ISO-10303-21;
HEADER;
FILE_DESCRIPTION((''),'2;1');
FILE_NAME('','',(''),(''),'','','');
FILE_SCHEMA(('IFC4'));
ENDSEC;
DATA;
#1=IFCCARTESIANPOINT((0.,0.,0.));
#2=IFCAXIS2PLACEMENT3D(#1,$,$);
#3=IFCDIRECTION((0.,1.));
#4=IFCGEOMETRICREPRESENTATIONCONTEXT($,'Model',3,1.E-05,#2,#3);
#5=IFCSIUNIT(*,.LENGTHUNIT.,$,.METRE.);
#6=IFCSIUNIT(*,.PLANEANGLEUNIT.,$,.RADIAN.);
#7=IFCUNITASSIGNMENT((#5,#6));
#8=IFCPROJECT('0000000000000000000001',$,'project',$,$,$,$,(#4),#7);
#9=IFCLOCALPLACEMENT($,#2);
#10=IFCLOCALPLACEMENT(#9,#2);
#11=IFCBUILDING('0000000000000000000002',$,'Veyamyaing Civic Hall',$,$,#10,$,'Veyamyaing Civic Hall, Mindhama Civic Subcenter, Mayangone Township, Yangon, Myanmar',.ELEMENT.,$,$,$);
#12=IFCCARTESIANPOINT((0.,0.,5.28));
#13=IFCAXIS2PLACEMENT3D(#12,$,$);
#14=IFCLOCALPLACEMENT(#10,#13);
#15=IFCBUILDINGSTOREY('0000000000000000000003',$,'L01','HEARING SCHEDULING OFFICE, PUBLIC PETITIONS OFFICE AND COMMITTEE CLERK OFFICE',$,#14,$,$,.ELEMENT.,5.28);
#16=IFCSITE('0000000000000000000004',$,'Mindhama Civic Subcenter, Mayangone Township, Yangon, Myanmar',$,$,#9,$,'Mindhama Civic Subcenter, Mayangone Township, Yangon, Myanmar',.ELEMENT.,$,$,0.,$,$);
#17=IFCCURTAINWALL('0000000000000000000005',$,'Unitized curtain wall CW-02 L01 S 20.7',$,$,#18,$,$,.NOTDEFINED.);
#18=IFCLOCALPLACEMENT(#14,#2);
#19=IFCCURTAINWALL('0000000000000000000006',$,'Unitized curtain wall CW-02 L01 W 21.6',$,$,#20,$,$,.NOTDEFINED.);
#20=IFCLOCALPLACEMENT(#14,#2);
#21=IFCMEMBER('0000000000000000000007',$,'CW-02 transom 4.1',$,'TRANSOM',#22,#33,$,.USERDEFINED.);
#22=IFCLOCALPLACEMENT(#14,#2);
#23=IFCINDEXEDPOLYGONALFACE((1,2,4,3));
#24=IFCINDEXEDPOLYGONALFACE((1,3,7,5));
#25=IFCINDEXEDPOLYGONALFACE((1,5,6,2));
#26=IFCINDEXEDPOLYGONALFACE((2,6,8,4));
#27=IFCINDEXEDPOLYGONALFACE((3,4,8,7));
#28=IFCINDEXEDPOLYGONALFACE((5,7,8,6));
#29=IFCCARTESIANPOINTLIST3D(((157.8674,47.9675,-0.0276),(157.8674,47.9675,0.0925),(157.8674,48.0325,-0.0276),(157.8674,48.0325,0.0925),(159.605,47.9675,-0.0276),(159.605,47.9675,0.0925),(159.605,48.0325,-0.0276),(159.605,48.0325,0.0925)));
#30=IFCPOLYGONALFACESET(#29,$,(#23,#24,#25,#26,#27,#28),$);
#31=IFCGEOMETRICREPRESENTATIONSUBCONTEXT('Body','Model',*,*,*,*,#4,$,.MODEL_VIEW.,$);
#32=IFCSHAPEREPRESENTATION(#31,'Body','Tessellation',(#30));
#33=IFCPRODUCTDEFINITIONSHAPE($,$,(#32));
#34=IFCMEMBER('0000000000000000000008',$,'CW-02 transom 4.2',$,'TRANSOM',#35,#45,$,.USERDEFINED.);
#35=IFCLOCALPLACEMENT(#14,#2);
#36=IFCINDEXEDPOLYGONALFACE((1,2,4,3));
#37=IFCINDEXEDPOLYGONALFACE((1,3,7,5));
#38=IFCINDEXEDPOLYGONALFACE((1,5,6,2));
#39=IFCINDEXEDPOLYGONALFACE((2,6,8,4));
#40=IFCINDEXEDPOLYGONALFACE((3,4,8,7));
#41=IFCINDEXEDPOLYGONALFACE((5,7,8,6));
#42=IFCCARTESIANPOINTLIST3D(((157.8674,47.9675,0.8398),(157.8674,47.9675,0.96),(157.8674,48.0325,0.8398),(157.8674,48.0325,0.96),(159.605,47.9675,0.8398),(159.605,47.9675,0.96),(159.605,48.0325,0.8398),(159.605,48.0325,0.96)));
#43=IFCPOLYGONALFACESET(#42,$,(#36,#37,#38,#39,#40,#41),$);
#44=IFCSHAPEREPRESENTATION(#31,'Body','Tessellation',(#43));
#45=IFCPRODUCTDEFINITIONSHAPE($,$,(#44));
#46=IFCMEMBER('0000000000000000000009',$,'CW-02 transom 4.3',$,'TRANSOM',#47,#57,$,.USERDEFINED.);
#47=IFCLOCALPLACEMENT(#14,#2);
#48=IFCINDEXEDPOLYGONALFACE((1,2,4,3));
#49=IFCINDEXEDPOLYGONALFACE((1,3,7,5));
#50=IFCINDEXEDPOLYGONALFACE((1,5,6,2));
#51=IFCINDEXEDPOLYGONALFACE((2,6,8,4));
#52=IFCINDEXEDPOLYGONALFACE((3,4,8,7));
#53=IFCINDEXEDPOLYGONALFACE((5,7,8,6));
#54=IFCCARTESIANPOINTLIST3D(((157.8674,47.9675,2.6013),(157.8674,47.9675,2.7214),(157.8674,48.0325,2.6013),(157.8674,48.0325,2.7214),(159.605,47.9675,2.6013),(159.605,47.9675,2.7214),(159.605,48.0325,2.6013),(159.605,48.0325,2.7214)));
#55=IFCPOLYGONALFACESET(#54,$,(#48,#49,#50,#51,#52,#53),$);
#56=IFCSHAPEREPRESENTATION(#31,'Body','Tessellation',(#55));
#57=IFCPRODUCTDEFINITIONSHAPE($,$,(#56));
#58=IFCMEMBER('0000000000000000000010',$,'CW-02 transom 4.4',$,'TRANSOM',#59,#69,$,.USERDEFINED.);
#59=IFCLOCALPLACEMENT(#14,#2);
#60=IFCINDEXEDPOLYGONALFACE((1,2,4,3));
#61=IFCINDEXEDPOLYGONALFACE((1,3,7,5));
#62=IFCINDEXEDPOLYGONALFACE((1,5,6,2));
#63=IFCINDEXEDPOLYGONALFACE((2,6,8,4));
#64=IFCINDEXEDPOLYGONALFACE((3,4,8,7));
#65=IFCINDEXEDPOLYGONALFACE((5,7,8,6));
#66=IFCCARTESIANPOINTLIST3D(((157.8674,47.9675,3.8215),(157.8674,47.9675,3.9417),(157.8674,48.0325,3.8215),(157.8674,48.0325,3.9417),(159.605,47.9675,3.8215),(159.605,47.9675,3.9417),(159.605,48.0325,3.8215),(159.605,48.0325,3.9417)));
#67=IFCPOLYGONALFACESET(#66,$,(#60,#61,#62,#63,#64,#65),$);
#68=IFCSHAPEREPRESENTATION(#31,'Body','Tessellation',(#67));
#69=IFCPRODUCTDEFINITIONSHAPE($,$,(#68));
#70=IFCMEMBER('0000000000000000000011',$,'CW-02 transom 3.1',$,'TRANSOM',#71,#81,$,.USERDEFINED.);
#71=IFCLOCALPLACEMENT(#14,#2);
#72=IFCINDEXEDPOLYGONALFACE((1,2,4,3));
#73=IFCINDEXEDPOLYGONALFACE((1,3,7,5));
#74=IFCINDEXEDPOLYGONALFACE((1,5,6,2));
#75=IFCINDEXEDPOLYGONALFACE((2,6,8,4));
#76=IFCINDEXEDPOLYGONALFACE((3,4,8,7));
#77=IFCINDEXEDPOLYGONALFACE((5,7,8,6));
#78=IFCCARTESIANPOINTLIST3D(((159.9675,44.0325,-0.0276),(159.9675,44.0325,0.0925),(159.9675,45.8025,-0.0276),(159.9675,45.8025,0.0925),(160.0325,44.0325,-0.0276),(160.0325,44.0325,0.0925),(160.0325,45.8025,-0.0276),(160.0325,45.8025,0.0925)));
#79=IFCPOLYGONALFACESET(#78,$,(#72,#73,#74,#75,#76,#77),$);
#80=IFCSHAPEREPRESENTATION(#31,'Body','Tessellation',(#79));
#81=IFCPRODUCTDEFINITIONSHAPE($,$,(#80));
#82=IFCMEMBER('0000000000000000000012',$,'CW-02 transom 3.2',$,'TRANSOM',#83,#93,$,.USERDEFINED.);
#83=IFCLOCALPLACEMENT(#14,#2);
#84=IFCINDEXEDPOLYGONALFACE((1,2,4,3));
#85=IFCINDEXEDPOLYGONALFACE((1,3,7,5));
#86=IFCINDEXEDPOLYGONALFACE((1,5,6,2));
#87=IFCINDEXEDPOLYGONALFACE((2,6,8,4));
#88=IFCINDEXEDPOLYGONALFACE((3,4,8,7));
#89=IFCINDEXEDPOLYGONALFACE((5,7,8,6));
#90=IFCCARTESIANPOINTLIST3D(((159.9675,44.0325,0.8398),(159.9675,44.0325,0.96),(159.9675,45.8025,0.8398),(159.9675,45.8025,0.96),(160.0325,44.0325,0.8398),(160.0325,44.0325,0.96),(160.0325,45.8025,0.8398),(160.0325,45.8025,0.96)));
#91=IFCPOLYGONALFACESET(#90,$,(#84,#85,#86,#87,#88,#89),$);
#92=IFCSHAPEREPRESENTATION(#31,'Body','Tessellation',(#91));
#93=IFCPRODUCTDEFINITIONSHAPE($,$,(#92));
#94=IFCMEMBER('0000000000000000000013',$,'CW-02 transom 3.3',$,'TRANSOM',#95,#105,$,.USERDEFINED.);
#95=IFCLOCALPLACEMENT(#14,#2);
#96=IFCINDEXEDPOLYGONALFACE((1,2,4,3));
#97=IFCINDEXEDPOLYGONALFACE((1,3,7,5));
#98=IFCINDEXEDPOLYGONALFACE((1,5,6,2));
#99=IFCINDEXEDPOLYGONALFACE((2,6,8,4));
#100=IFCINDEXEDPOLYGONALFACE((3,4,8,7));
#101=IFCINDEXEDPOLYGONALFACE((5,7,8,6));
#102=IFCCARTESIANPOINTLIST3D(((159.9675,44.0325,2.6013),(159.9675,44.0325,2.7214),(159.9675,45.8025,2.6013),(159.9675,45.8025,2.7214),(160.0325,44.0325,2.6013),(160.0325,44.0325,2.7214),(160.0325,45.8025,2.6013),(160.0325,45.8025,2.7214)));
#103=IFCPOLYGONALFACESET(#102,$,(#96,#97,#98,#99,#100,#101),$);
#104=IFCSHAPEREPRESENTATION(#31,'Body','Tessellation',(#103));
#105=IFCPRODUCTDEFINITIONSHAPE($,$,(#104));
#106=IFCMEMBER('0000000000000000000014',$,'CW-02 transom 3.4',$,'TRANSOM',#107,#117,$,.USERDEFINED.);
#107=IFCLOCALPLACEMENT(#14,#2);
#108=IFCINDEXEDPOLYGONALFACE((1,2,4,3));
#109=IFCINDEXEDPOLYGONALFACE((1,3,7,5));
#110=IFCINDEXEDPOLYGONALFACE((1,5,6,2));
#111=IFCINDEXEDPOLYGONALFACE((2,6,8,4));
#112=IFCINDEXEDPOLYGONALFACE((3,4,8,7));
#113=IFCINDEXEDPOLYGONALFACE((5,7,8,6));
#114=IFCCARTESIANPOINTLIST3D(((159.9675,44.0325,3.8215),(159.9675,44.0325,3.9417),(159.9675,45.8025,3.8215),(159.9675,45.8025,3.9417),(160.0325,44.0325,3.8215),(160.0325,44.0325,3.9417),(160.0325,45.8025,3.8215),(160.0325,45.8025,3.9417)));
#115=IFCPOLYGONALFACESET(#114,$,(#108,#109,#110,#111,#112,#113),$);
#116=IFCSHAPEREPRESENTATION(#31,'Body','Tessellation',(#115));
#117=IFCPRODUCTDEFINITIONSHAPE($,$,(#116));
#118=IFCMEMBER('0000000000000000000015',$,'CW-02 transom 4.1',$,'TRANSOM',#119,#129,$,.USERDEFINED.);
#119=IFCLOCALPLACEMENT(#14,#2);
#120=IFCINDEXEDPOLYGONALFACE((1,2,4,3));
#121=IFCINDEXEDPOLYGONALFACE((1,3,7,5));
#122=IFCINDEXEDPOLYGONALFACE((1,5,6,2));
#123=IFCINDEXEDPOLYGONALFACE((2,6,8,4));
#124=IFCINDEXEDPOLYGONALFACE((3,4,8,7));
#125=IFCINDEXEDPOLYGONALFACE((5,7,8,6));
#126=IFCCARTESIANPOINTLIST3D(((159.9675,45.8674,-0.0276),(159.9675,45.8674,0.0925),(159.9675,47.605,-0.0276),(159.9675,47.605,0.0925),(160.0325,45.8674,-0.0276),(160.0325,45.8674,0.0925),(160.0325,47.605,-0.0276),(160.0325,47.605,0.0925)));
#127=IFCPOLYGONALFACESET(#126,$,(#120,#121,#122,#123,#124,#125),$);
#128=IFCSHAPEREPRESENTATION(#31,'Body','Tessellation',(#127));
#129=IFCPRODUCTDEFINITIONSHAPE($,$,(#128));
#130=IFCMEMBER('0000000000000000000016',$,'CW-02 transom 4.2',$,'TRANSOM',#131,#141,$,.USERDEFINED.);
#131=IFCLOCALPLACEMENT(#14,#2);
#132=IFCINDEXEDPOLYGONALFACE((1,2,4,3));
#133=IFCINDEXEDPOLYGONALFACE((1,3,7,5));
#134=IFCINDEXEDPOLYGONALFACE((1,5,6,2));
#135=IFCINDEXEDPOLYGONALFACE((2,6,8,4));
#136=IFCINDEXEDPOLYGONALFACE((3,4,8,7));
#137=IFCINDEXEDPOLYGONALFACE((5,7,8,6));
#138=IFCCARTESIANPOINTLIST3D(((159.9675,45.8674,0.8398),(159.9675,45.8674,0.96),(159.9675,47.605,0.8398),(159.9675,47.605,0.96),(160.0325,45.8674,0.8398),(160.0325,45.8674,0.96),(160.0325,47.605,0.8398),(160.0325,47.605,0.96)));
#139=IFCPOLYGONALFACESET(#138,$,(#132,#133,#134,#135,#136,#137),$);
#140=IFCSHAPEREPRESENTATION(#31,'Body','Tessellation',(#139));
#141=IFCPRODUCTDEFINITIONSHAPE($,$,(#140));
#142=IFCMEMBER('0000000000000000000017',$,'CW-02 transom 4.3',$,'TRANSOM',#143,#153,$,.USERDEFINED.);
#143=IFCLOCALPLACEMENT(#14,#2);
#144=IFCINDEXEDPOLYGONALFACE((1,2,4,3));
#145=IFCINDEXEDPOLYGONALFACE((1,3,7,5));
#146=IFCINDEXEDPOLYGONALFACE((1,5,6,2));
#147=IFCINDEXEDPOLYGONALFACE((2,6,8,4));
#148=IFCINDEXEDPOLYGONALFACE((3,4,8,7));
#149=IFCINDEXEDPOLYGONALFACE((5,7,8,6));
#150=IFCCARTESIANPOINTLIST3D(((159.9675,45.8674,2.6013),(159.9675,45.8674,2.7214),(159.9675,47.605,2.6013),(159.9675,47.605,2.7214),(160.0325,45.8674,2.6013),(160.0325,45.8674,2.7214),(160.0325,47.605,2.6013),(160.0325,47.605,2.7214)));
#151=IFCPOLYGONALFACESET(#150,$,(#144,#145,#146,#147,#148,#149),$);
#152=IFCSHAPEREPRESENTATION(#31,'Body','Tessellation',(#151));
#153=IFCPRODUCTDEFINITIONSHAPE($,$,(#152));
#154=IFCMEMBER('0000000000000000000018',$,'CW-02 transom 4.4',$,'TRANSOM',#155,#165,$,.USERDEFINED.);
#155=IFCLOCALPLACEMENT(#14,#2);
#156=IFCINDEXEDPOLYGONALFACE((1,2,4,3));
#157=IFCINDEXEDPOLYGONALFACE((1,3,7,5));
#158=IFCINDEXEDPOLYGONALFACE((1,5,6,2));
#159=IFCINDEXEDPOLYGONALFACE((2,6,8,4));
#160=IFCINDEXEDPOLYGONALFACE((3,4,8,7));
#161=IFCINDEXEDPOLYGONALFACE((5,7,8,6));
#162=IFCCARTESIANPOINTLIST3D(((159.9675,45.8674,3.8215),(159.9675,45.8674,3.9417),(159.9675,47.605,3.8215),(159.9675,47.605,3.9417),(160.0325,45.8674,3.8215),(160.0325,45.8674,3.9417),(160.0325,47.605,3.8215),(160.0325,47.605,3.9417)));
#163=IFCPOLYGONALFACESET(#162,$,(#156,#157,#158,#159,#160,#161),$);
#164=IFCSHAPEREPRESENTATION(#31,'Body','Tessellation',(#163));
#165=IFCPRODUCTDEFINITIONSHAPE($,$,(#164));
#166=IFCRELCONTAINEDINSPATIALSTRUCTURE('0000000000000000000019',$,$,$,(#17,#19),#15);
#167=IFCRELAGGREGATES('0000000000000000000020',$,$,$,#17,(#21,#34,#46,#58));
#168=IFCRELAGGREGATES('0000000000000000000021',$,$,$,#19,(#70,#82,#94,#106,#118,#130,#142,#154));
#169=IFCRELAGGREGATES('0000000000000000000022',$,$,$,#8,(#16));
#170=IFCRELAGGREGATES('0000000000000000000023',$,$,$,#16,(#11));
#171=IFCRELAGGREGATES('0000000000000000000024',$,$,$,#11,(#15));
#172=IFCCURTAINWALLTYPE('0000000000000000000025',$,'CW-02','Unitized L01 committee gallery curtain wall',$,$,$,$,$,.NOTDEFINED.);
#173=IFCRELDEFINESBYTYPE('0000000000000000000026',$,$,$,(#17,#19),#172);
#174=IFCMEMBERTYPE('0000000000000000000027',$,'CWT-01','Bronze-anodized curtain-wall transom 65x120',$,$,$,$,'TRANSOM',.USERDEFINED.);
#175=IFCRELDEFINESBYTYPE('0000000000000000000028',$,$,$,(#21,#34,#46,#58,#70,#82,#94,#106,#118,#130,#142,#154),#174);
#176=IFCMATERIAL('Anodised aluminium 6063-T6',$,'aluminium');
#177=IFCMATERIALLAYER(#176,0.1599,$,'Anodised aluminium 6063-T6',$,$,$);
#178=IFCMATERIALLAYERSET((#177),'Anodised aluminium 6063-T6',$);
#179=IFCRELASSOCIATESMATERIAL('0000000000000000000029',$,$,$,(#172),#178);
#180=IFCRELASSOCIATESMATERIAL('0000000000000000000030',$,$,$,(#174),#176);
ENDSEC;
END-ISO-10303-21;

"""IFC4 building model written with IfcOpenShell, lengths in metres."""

from ifc_helpers import new_model, si_unit, direction, frame, origin, origin_2d, place, context, subcontext, project, spatial, rectangle, extrude, material, layer, layer_set, material_profile, profile_set, type_object, element, aggregate, save


model = new_model("IFC4")

# Units and contexts
model_context = context("Model", 3, precision=1e-05, world=origin(), true_north=direction((0.0, 1.0)))
body_context = subcontext(model_context, "Body", "Model", "MODEL_VIEW")
ifc_project = project(units=[si_unit("LENGTHUNIT", "METRE"), si_unit("PLANEANGLEUNIT", "RADIAN")], contexts=[model_context])

# Site, building, storey
site_placement = place(None, origin())
site = spatial("IfcSite", under=ifc_project, at=site_placement, Name="Mindhama Civic Subcenter, Mayangone Township, Yangon, Myanmar", LongName="Mindhama Civic Subcenter, Mayangone Township, Yangon, Myanmar", CompositionType="ELEMENT", RefElevation=0.0)
building_placement = place(site_placement, origin())
building = spatial("IfcBuilding", under=site, at=building_placement, Name="Veyamyaing Civic Hall", LongName="Veyamyaing Civic Hall, Mindhama Civic Subcenter, Mayangone Township, Yangon, Myanmar", CompositionType="ELEMENT")
storey_placement = place(building_placement, frame((0.0, 0.0, 5.28)))
storey = spatial("IfcBuildingStorey", under=building, at=storey_placement, Name="L01", Description="HEARING SCHEDULING OFFICE, PUBLIC PETITIONS OFFICE AND COMMITTEE CLERK OFFICE", CompositionType="ELEMENT", Elevation=5.28)

# Curtain walls
ifc_material_1 = material(Name="Anodised aluminium 6063-T6", Category="aluminium")
ifc_layer_1 = layer(ifc_material_1, 0.1599, Name="Anodised aluminium 6063-T6")
ifc_layer_set_1 = layer_set([ifc_layer_1], Name="Anodised aluminium 6063-T6")
curtain_wall_type = type_object("IfcCurtainWallType", Name="CW-02", Description="Unitized L01 committee gallery curtain wall", PredefinedType="NOTDEFINED", material=ifc_layer_set_1)
curtain_wall_1_placement = place(storey_placement, origin())
curtain_wall_1 = element("IfcCurtainWall", 1, at=curtain_wall_1_placement, inside=storey, type_object=curtain_wall_type, Name="Unitized curtain wall CW-02 L01 S 20.7", PredefinedType="NOTDEFINED")
curtain_wall_2_placement = place(storey_placement, origin())
curtain_wall_2 = element("IfcCurtainWall", 2, at=curtain_wall_2_placement, inside=storey, type_object=curtain_wall_type, Name="Unitized curtain wall CW-02 L01 W 21.6", PredefinedType="NOTDEFINED")

# Members
ifc_material_profile_1 = material_profile(ifc_material_1, rectangle(XDim=0.0649, YDim=0.1201, at=origin_2d()), Name="ALU-TRN-65X120")
ifc_profile_set_1 = profile_set([ifc_material_profile_1], Name="Anodised aluminium 6063-T6")
member_type_1 = type_object("IfcMemberType", Name="CWT-01", Description="Bronze-anodized curtain-wall transom 65x120", ElementType="TRANSOM", PredefinedType="USERDEFINED", material=ifc_profile_set_1)
member_1_placement = place(storey_placement, frame((157.8674, 48.0, 0.0325), z_axis=(1.0, 0.0, 0.0), x_axis=(0.0, 1.0, 0.0)))
member_1 = element("IfcMember", 3, at=member_1_placement, type_object=member_type_1, Name="CW-02 transom 4.1", ObjectType="TRANSOM", PredefinedType="USERDEFINED", context=body_context, shape_type="SweptSolid", body=[
    extrude(rectangle(XDim=0.0649, YDim=0.1201, at=origin_2d()), origin(), (0.0, 0.0, 1.0), 1.7375),
])
member_2_placement = place(storey_placement, frame((157.8674, 48.0, 0.8999), z_axis=(1.0, 0.0, 0.0), x_axis=(0.0, 1.0, 0.0)))
member_2 = element("IfcMember", 4, at=member_2_placement, type_object=member_type_1, Name="CW-02 transom 4.2", ObjectType="TRANSOM", PredefinedType="USERDEFINED", context=body_context, shape_type="SweptSolid", body=[
    extrude(rectangle(XDim=0.0649, YDim=0.1201, at=origin_2d()), origin(), (0.0, 0.0, 1.0), 1.7375),
])
member_3_placement = place(storey_placement, frame((157.8674, 48.0, 2.6614), z_axis=(1.0, 0.0, 0.0), x_axis=(0.0, 1.0, 0.0)))
member_3 = element("IfcMember", 5, at=member_3_placement, type_object=member_type_1, Name="CW-02 transom 4.3", ObjectType="TRANSOM", PredefinedType="USERDEFINED", context=body_context, shape_type="SweptSolid", body=[
    extrude(rectangle(XDim=0.0649, YDim=0.1201, at=origin_2d()), origin(), (0.0, 0.0, 1.0), 1.7375),
])
member_4_placement = place(storey_placement, frame((157.8674, 48.0, 3.8816), z_axis=(1.0, 0.0, 0.0), x_axis=(0.0, 1.0, 0.0)))
member_4 = element("IfcMember", 6, at=member_4_placement, type_object=member_type_1, Name="CW-02 transom 4.4", ObjectType="TRANSOM", PredefinedType="USERDEFINED", context=body_context, shape_type="SweptSolid", body=[
    extrude(rectangle(XDim=0.0649, YDim=0.1201, at=origin_2d()), origin(), (0.0, 0.0, 1.0), 1.7375),
])
member_5_placement = place(storey_placement, frame((160.0, 44.0325, 0.0325), z_axis=(0.0, 1.0, 0.0), x_axis=(-1.0, 0.0, 0.0)))
member_5 = element("IfcMember", 7, at=member_5_placement, type_object=member_type_1, Name="CW-02 transom 3.1", ObjectType="TRANSOM", PredefinedType="USERDEFINED", context=body_context, shape_type="SweptSolid", body=[
    extrude(rectangle(XDim=0.0649, YDim=0.1201, at=origin_2d()), origin(), (0.0, 0.0, 1.0), 1.77),
])
member_6_placement = place(storey_placement, frame((160.0, 44.0325, 0.8999), z_axis=(0.0, 1.0, 0.0), x_axis=(-1.0, 0.0, 0.0)))
member_6 = element("IfcMember", 8, at=member_6_placement, type_object=member_type_1, Name="CW-02 transom 3.2", ObjectType="TRANSOM", PredefinedType="USERDEFINED", context=body_context, shape_type="SweptSolid", body=[
    extrude(rectangle(XDim=0.0649, YDim=0.1201, at=origin_2d()), origin(), (0.0, 0.0, 1.0), 1.77),
])
member_7_placement = place(storey_placement, frame((160.0, 44.0325, 2.6614), z_axis=(0.0, 1.0, 0.0), x_axis=(-1.0, 0.0, 0.0)))
member_7 = element("IfcMember", 9, at=member_7_placement, type_object=member_type_1, Name="CW-02 transom 3.3", ObjectType="TRANSOM", PredefinedType="USERDEFINED", context=body_context, shape_type="SweptSolid", body=[
    extrude(rectangle(XDim=0.0649, YDim=0.1201, at=origin_2d()), origin(), (0.0, 0.0, 1.0), 1.77),
])
member_8_placement = place(storey_placement, frame((160.0, 44.0325, 3.8816), z_axis=(0.0, 1.0, 0.0), x_axis=(-1.0, 0.0, 0.0)))
member_8 = element("IfcMember", 10, at=member_8_placement, type_object=member_type_1, Name="CW-02 transom 3.4", ObjectType="TRANSOM", PredefinedType="USERDEFINED", context=body_context, shape_type="SweptSolid", body=[
    extrude(rectangle(XDim=0.0649, YDim=0.1201, at=origin_2d()), origin(), (0.0, 0.0, 1.0), 1.77),
])
member_9_placement = place(storey_placement, frame((160.0, 45.8674, 0.0325), z_axis=(0.0, 1.0, 0.0), x_axis=(-1.0, 0.0, 0.0)))
member_9 = element("IfcMember", 11, at=member_9_placement, type_object=member_type_1, Name="CW-02 transom 4.1", ObjectType="TRANSOM", PredefinedType="USERDEFINED", context=body_context, shape_type="SweptSolid", body=[
    extrude(rectangle(XDim=0.0649, YDim=0.1201, at=origin_2d()), origin(), (0.0, 0.0, 1.0), 1.7375),
])
member_10_placement = place(storey_placement, frame((160.0, 45.8674, 0.8999), z_axis=(0.0, 1.0, 0.0), x_axis=(-1.0, 0.0, 0.0)))
member_10 = element("IfcMember", 12, at=member_10_placement, type_object=member_type_1, Name="CW-02 transom 4.2", ObjectType="TRANSOM", PredefinedType="USERDEFINED", context=body_context, shape_type="SweptSolid", body=[
    extrude(rectangle(XDim=0.0649, YDim=0.1201, at=origin_2d()), origin(), (0.0, 0.0, 1.0), 1.7375),
])
member_11_placement = place(storey_placement, frame((160.0, 45.8674, 2.6614), z_axis=(0.0, 1.0, 0.0), x_axis=(-1.0, 0.0, 0.0)))
member_11 = element("IfcMember", 13, at=member_11_placement, type_object=member_type_1, Name="CW-02 transom 4.3", ObjectType="TRANSOM", PredefinedType="USERDEFINED", context=body_context, shape_type="SweptSolid", body=[
    extrude(rectangle(XDim=0.0649, YDim=0.1201, at=origin_2d()), origin(), (0.0, 0.0, 1.0), 1.7375),
])
member_12_placement = place(storey_placement, frame((160.0, 45.8674, 3.8816), z_axis=(0.0, 1.0, 0.0), x_axis=(-1.0, 0.0, 0.0)))
member_12 = element("IfcMember", 14, at=member_12_placement, type_object=member_type_1, Name="CW-02 transom 4.4", ObjectType="TRANSOM", PredefinedType="USERDEFINED", context=body_context, shape_type="SweptSolid", body=[
    extrude(rectangle(XDim=0.0649, YDim=0.1201, at=origin_2d()), origin(), (0.0, 0.0, 1.0), 1.7375),
])

aggregate(curtain_wall_1, [member_1, member_2, member_3, member_4])
aggregate(curtain_wall_2, [member_5, member_6, member_7, member_8, member_9, member_10, member_11, member_12])

save(model, "model.ifc")
